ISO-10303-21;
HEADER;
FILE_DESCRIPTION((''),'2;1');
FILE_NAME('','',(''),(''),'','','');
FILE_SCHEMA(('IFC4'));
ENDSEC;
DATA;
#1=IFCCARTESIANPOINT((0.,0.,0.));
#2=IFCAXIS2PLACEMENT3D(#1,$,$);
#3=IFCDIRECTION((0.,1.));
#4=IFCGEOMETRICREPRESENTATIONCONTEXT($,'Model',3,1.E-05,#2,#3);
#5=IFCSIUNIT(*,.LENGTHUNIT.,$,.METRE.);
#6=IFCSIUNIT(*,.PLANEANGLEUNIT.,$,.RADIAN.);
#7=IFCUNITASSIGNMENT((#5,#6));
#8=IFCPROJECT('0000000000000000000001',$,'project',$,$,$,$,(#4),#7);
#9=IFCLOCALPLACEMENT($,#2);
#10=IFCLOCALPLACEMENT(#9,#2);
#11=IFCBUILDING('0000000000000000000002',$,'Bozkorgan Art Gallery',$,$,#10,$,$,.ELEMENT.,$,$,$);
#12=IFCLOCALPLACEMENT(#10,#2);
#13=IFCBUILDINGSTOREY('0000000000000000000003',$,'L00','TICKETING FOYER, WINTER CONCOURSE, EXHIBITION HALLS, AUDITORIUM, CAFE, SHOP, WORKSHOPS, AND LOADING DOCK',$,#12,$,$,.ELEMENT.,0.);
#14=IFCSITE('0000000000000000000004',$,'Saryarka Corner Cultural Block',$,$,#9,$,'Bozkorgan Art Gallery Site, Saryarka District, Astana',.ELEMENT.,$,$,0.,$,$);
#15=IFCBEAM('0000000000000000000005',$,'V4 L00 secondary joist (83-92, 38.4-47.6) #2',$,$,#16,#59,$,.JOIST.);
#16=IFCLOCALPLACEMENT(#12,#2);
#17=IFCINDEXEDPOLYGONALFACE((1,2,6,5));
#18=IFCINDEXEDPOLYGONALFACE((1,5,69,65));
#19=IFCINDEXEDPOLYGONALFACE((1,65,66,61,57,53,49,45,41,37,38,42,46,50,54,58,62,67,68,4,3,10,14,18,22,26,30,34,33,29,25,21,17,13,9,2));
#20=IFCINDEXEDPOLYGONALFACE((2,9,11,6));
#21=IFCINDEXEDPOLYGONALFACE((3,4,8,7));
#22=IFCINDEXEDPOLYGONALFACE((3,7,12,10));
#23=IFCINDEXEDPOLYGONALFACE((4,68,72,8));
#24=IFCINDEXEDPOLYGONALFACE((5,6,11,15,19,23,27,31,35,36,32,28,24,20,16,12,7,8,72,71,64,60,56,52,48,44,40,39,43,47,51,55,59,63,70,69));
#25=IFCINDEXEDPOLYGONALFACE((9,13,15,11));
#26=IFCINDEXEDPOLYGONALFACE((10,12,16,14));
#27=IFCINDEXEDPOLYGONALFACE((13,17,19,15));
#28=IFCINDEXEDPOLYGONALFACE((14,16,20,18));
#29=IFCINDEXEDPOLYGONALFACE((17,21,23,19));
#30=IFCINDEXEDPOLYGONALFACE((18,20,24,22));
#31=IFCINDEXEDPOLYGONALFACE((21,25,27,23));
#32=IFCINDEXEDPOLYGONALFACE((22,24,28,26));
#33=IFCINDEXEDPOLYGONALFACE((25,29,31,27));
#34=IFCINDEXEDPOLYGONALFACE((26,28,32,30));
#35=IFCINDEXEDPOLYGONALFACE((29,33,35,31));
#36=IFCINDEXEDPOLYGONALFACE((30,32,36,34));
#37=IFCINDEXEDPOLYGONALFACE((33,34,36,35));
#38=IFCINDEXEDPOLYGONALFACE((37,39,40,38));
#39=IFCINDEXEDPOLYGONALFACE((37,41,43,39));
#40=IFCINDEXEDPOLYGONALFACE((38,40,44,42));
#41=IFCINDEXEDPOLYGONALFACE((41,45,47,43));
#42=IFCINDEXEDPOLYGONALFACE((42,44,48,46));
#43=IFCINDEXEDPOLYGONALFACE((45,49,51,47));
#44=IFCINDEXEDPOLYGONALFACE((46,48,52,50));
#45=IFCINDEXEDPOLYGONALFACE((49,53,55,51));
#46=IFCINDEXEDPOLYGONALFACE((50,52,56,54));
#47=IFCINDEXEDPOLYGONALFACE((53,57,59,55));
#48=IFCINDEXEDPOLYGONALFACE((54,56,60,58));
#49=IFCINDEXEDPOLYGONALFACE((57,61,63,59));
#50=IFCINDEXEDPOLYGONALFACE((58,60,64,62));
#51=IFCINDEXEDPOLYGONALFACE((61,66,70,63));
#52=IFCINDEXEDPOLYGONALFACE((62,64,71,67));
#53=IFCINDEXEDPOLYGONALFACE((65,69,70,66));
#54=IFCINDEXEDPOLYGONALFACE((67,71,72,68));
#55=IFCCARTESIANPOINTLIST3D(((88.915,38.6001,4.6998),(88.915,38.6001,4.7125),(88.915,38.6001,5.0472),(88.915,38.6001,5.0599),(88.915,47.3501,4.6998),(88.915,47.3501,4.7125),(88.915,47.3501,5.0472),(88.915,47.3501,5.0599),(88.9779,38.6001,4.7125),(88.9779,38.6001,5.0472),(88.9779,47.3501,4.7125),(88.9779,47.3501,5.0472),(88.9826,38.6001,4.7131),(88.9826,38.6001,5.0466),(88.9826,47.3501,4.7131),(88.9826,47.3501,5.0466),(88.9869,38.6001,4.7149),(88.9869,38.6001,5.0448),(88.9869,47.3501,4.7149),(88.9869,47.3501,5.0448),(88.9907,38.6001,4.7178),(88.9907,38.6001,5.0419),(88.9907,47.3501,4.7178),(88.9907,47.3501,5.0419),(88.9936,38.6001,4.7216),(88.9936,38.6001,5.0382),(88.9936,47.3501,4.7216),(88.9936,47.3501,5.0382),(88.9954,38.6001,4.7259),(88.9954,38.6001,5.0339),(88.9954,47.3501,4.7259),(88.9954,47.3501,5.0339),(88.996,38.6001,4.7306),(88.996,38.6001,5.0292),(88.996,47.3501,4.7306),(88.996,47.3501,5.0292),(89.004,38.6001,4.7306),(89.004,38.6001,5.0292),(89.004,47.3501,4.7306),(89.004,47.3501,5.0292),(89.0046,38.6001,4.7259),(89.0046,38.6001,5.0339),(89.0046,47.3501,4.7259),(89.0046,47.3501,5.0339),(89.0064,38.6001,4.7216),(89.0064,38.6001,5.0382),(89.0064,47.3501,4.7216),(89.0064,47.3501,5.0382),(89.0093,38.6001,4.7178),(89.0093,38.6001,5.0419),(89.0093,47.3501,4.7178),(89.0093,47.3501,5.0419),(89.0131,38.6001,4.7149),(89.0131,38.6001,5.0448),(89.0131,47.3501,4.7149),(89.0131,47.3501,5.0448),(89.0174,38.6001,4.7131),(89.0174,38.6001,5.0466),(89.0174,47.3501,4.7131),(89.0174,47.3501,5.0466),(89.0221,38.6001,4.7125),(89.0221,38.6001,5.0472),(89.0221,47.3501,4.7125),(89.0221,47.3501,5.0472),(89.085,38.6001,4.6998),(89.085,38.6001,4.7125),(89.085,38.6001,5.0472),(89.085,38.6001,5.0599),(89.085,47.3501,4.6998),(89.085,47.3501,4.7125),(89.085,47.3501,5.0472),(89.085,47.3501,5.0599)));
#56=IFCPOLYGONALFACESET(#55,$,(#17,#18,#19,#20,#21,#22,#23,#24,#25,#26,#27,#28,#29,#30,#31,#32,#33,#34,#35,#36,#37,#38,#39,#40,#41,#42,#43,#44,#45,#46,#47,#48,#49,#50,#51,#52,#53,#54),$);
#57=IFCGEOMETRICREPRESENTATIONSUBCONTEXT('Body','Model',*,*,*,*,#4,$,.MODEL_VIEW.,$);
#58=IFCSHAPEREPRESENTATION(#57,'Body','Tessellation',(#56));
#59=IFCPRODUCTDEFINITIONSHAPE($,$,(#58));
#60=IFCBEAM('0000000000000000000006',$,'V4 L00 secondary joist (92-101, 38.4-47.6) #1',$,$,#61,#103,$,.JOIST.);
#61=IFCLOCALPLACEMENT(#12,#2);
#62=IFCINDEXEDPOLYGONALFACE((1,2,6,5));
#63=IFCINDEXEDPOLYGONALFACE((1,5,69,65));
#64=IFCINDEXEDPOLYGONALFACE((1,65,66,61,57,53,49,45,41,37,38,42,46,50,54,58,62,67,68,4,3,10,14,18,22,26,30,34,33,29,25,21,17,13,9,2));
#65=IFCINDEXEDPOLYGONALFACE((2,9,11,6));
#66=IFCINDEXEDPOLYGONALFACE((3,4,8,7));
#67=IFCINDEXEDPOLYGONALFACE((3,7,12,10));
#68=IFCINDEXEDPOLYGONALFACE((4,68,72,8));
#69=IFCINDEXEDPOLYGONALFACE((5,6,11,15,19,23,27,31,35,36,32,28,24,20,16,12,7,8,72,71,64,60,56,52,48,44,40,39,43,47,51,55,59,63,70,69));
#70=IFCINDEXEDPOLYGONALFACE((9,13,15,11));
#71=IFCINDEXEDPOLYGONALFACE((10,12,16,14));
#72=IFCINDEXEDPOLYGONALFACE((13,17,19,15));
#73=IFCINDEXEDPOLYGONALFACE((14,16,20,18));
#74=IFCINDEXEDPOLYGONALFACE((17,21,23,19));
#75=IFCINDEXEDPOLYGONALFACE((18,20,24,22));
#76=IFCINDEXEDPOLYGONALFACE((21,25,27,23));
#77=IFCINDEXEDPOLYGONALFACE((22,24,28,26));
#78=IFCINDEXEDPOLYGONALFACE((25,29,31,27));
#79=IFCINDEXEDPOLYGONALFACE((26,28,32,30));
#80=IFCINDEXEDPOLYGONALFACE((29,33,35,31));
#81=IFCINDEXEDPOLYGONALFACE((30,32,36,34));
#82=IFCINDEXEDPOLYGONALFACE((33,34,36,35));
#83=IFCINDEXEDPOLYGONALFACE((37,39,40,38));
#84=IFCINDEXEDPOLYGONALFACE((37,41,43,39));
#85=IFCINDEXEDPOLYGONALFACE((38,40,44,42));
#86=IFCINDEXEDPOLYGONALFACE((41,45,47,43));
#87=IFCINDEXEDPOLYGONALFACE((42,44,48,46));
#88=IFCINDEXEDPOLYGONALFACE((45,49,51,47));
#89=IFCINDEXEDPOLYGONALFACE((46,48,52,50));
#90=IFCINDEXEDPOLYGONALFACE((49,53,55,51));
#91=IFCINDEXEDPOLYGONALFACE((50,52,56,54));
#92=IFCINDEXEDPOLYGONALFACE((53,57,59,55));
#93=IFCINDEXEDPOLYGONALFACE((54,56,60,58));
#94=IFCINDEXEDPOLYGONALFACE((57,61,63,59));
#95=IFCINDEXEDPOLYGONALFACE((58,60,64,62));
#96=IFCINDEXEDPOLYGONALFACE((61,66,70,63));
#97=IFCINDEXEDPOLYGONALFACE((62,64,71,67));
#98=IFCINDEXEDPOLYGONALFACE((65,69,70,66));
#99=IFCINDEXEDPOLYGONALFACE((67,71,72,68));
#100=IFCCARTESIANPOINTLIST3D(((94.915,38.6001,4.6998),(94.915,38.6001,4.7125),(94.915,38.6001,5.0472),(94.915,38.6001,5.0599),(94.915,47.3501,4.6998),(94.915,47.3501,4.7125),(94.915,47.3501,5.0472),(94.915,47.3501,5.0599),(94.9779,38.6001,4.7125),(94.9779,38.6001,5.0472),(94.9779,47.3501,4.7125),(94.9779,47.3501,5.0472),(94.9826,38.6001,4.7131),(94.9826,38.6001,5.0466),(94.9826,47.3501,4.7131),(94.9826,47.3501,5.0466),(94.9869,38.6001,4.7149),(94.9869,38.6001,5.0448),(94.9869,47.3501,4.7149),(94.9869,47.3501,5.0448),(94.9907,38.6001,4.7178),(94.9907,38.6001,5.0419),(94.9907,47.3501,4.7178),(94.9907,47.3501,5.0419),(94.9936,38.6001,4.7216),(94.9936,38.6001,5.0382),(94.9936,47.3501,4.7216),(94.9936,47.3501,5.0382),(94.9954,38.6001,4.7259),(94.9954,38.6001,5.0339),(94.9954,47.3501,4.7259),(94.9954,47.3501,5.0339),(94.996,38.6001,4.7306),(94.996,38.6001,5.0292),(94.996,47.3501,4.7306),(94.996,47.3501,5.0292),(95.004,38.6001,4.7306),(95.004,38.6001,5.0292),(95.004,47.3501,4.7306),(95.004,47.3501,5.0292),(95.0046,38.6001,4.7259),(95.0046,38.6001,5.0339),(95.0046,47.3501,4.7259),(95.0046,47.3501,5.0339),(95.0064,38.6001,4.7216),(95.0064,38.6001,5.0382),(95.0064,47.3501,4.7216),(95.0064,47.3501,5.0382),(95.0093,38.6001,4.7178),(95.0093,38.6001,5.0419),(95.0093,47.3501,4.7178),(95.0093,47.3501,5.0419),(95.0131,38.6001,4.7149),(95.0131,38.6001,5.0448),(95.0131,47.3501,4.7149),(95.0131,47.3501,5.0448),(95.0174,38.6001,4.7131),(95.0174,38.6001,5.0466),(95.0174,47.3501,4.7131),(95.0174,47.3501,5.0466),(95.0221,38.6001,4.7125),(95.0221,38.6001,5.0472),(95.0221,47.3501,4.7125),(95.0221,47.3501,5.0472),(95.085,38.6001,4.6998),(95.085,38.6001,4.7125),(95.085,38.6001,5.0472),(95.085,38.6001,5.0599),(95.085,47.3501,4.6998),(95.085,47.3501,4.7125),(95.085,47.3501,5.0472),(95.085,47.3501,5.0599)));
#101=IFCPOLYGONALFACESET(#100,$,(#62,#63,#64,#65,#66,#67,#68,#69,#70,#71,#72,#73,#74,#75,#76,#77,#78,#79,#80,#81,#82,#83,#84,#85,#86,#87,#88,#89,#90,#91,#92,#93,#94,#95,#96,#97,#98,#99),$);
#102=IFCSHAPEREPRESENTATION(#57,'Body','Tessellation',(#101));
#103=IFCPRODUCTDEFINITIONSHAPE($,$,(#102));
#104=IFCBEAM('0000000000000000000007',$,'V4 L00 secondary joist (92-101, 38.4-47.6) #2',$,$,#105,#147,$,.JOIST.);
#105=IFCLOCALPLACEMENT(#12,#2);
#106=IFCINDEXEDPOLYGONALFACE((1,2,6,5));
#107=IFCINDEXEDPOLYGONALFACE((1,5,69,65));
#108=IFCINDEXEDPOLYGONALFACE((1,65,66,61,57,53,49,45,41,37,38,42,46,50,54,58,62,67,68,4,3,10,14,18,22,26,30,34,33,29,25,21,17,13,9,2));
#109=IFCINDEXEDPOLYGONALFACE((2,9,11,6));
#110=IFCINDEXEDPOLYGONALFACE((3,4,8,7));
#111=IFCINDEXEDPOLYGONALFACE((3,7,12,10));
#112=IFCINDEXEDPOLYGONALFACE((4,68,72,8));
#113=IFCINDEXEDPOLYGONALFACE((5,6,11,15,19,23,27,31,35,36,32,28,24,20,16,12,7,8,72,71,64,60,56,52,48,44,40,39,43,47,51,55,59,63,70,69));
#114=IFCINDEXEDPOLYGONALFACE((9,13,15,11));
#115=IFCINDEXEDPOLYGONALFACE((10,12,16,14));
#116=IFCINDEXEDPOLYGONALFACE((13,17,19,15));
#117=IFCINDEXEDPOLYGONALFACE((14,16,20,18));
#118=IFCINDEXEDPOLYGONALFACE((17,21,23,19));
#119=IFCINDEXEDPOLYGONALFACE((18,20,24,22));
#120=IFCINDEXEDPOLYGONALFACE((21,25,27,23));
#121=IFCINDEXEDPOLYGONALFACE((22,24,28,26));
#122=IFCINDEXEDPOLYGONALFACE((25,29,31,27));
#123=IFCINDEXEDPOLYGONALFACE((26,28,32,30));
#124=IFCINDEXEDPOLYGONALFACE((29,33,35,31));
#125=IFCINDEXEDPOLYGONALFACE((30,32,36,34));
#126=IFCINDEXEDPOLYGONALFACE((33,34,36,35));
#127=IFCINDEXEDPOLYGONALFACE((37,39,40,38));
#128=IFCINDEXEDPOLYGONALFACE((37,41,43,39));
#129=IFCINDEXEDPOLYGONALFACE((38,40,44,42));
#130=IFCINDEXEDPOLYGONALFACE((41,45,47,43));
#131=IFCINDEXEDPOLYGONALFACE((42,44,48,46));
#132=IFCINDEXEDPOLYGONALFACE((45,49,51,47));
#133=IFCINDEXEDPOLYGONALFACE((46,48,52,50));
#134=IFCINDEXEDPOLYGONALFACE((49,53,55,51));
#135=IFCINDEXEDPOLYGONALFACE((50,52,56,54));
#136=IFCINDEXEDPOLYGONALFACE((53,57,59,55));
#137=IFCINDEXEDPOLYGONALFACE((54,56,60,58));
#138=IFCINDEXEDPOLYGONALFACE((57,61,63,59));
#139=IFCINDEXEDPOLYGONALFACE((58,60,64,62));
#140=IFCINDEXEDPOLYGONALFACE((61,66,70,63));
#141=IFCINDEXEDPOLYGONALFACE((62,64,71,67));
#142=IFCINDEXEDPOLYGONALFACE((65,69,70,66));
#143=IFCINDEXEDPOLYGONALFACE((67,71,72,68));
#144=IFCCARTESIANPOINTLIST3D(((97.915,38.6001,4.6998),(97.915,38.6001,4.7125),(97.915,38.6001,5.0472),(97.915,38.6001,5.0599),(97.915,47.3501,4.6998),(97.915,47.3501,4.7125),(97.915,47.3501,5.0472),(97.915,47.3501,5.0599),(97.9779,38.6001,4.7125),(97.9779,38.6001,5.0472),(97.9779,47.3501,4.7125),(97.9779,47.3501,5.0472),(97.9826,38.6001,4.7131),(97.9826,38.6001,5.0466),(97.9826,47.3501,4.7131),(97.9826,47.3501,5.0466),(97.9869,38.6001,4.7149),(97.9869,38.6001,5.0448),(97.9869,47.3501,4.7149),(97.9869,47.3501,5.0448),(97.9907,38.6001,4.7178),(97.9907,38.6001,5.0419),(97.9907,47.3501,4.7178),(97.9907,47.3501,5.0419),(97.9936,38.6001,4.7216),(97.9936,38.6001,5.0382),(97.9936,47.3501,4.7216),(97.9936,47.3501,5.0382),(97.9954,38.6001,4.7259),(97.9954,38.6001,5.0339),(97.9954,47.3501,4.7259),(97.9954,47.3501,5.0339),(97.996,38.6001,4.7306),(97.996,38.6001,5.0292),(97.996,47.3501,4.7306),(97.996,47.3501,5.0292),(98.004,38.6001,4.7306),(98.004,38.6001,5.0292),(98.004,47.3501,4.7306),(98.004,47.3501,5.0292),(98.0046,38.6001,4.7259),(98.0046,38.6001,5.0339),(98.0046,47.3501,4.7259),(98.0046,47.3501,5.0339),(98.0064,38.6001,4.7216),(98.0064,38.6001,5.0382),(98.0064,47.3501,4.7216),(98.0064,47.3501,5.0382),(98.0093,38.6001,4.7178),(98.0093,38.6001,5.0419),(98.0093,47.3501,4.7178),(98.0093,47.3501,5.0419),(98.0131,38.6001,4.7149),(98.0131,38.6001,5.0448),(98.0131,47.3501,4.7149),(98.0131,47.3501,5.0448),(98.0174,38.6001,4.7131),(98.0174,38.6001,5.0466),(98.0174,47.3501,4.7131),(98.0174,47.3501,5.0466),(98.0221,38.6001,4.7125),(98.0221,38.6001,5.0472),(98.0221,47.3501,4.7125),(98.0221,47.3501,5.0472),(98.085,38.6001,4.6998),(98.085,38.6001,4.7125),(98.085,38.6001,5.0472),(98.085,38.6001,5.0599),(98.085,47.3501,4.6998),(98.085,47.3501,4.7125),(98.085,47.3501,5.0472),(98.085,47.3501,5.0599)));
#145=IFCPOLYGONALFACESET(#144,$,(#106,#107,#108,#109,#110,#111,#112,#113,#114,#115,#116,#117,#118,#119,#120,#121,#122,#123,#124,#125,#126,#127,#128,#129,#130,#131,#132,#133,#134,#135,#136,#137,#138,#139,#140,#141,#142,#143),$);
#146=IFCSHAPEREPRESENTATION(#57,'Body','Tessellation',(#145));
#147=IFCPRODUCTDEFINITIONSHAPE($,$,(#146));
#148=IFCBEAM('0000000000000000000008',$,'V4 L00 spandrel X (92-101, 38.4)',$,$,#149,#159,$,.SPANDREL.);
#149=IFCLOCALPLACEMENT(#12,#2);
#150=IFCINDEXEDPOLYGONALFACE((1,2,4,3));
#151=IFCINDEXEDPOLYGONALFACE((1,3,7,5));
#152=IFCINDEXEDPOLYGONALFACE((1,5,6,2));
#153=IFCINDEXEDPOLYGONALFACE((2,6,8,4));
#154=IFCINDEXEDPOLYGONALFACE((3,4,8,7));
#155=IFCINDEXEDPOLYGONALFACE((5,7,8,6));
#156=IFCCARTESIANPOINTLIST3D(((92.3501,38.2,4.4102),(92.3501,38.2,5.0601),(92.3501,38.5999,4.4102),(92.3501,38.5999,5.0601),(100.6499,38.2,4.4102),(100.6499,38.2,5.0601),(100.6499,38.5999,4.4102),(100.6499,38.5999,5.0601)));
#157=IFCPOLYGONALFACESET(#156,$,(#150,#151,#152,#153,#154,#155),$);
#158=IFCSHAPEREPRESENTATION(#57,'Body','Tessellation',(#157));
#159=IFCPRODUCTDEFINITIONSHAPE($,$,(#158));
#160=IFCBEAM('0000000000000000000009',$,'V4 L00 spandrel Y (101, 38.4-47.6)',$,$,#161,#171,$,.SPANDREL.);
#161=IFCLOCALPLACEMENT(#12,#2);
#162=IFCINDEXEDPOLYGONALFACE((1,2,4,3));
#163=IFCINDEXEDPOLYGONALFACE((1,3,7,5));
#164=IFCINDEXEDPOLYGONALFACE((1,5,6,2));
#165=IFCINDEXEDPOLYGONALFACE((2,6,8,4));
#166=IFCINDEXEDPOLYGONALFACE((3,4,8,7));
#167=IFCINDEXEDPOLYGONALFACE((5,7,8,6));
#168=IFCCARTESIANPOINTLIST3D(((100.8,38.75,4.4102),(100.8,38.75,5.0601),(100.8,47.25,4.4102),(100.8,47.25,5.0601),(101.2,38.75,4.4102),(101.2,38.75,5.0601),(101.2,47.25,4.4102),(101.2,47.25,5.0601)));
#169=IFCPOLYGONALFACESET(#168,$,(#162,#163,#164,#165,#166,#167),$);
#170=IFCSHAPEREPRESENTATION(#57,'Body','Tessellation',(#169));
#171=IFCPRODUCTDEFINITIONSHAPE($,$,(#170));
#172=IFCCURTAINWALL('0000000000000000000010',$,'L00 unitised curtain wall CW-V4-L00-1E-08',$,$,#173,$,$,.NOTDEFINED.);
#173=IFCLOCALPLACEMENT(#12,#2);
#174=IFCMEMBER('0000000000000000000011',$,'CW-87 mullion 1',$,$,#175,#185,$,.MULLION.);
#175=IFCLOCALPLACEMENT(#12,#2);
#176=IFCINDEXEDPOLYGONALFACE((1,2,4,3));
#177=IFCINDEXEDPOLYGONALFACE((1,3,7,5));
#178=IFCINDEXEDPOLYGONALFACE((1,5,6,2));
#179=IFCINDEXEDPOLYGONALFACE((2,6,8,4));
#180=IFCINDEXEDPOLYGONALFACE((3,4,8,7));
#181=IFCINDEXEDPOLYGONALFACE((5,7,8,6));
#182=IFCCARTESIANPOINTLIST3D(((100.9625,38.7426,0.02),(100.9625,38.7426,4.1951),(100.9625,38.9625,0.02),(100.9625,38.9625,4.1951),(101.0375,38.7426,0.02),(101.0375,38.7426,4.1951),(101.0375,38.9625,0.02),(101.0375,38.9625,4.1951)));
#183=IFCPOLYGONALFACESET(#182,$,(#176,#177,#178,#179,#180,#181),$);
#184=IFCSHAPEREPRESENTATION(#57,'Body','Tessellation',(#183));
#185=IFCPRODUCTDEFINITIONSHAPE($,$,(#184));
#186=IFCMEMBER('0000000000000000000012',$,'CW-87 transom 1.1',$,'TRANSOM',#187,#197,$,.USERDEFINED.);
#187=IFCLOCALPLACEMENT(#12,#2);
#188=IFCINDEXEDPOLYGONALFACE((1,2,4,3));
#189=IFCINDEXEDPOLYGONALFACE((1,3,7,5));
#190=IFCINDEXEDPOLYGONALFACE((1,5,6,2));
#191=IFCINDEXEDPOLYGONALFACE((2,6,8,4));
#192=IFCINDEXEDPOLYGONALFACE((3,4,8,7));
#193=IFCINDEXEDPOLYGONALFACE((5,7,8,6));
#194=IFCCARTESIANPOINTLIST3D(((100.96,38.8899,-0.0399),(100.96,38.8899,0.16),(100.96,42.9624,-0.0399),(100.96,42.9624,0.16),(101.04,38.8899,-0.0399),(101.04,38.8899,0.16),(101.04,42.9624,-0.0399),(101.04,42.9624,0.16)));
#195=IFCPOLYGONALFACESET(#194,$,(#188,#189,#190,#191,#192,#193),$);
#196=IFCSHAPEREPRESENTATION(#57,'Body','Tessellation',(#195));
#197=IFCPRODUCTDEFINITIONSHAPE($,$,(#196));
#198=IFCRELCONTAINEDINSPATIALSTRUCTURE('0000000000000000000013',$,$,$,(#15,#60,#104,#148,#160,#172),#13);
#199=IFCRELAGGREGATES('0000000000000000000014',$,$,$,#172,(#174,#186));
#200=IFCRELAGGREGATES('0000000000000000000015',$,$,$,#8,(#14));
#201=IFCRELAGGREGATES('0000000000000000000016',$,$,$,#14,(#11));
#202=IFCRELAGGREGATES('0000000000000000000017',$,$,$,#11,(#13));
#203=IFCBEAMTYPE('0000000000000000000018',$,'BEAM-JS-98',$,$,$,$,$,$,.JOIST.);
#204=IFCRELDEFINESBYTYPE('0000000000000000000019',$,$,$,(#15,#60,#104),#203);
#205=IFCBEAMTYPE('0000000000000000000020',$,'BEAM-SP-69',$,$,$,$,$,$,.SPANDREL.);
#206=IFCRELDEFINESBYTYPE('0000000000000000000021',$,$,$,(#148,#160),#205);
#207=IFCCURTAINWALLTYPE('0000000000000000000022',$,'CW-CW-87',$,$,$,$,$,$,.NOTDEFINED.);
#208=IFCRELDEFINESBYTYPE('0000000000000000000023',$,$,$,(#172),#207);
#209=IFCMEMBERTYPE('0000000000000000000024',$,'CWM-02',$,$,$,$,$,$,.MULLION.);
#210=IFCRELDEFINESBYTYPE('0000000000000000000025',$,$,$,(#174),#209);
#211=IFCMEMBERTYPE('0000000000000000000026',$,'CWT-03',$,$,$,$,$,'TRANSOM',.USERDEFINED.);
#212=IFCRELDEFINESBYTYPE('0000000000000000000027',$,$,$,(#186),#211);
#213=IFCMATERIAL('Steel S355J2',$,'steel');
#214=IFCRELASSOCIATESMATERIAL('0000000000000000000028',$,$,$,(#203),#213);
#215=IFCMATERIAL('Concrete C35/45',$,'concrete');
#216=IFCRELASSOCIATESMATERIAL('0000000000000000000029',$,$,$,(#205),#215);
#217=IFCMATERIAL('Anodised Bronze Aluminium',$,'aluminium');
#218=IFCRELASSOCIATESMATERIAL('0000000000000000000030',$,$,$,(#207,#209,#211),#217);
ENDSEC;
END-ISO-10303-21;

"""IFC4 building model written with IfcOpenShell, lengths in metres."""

from ifc_helpers import new_model, si_unit, direction, frame, origin, origin_2d, place, context, subcontext, project, spatial, rectangle, i_section, extrude, material, material_profile, profile_set, type_object, element, aggregate, save


model = new_model("IFC4")

# Units and contexts
model_context = context("Model", 3, precision=1e-05, world=origin(), true_north=direction((0.0, 1.0)))
body_context = subcontext(model_context, "Body", "Model", "MODEL_VIEW")
ifc_project = project(units=[si_unit("LENGTHUNIT", "METRE"), si_unit("PLANEANGLEUNIT", "RADIAN")], contexts=[model_context])

# Site, building, storey
site_placement = place(None, origin())
site = spatial("IfcSite", under=ifc_project, at=site_placement, Name="Saryarka Corner Cultural Block", LongName="Bozkorgan Art Gallery Site, Saryarka District, Astana", CompositionType="ELEMENT", RefElevation=0.0)
building_placement = place(site_placement, origin())
building = spatial("IfcBuilding", under=site, at=building_placement, Name="Bozkorgan Art Gallery", CompositionType="ELEMENT")
storey_placement = place(building_placement, origin())
storey = spatial("IfcBuildingStorey", under=building, at=storey_placement, Name="L00", Description="TICKETING FOYER, WINTER CONCOURSE, EXHIBITION HALLS, AUDITORIUM, CAFE, SHOP, WORKSHOPS, AND LOADING DOCK", CompositionType="ELEMENT", Elevation=0.0)

# Shared definitions
ifc_material_1 = material(Name="Steel S355J2", Category="steel")

# Beams
ifc_material_2 = material(Name="Concrete C35/45", Category="concrete")
ifc_material_profile_1 = material_profile(ifc_material_1, i_section(OverallWidth=0.1699, OverallDepth=0.3601, WebThickness=0.0081, FlangeThickness=0.0127, FilletRadius=0.0181, at=origin_2d()), Name="IPE 360")
ifc_profile_set_1 = profile_set([ifc_material_profile_1], Name="Steel S355J2")
beam_type_1 = type_object("IfcBeamType", Name="BEAM-JS-98", PredefinedType="JOIST", material=ifc_profile_set_1)
for number, where, z_axis, x_axis, name in (
    (1, (89.0, 38.6001, 4.8799), (0.0, 1.0, 0.0), (-1.0, 0.0, 0.0), "V4 L00 secondary joist (83-92, 38.4-47.6) #2"),
    (2, (95.0, 38.6001, 4.8799), (0.0, 1.0, 0.0), (-1.0, 0.0, 0.0), "V4 L00 secondary joist (92-101, 38.4-47.6) #1"),
    (3, (98.0, 38.6001, 4.8799), (0.0, 1.0, 0.0), (-1.0, 0.0, 0.0), "V4 L00 secondary joist (92-101, 38.4-47.6) #2"),
):
    element("IfcBeam", number, at=place(storey_placement, frame(where, z_axis=z_axis, x_axis=x_axis)), inside=storey, type_object=beam_type_1, Name=name, PredefinedType="JOIST", context=body_context, shape_type="SweptSolid", body=[
        extrude(i_section(OverallWidth=0.1699, OverallDepth=0.3601, WebThickness=0.0081, FlangeThickness=0.0127, FilletRadius=0.0181, at=origin_2d()), origin(), (0.0, 0.0, 1.0), 8.75),
    ])
ifc_material_profile_2 = material_profile(ifc_material_2, rectangle(XDim=0.3999, YDim=0.6499, at=origin_2d()), Name="RC 400x650")
ifc_profile_set_2 = profile_set([ifc_material_profile_2], Name="Concrete C35/45")
beam_type_2 = type_object("IfcBeamType", Name="BEAM-SP-69", PredefinedType="SPANDREL", material=ifc_profile_set_2)
beam_1_placement = place(storey_placement, frame((92.3501, 38.3999, 4.7351), z_axis=(1.0, 0.0, 0.0), x_axis=(0.0, 1.0, 0.0)))
element("IfcBeam", 4, at=beam_1_placement, inside=storey, type_object=beam_type_2, Name="V4 L00 spandrel X (92-101, 38.4)", PredefinedType="SPANDREL", context=body_context, shape_type="SweptSolid", body=[
    extrude(rectangle(XDim=0.3999, YDim=0.6499, at=origin_2d()), origin(), (0.0, 0.0, 1.0), 8.2998),
])
beam_2_placement = place(storey_placement, frame((101.0, 38.75, 4.7351), z_axis=(0.0, 1.0, 0.0), x_axis=(-1.0, 0.0, 0.0)))
element("IfcBeam", 5, at=beam_2_placement, inside=storey, type_object=beam_type_2, Name="V4 L00 spandrel Y (101, 38.4-47.6)", PredefinedType="SPANDREL", context=body_context, shape_type="SweptSolid", body=[
    extrude(rectangle(XDim=0.3999, YDim=0.6499, at=origin_2d()), origin(), (0.0, 0.0, 1.0), 8.5),
])

# Curtain wall, members
ifc_material_3 = material(Name="Anodised Bronze Aluminium", Category="aluminium")
curtain_wall_type = type_object("IfcCurtainWallType", Name="CW-CW-87", PredefinedType="NOTDEFINED", material=ifc_material_3)
curtain_wall_placement = place(storey_placement, origin())
curtain_wall = element("IfcCurtainWall", 6, at=curtain_wall_placement, inside=storey, type_object=curtain_wall_type, Name="L00 unitised curtain wall CW-V4-L00-1E-08", PredefinedType="NOTDEFINED")
ifc_material_profile_3 = material_profile(ifc_material_3, rectangle(XDim=0.075, YDim=0.22, at=origin_2d()), Name="ALU MULLION 75x220")
ifc_profile_set_3 = profile_set([ifc_material_profile_3], Name="Anodised Bronze Aluminium")
member_type_1 = type_object("IfcMemberType", Name="CWM-02", PredefinedType="MULLION", material=ifc_profile_set_3)
member_1_placement = place(storey_placement, frame((101.0, 38.8525, 0.02), z_axis=(0.0, 0.0, 1.0), x_axis=(-1.0, 0.0, 0.0)))
member_1 = element("IfcMember", 7, at=member_1_placement, type_object=member_type_1, Name="CW-87 mullion 1", PredefinedType="MULLION", context=body_context, shape_type="SweptSolid", body=[
    extrude(rectangle(XDim=0.075, YDim=0.22, at=origin_2d()), origin(), (0.0, 0.0, 1.0), 4.175),
])
ifc_material_profile_4 = material_profile(ifc_material_3, rectangle(XDim=0.0801, YDim=0.2, at=origin_2d()), Name="ALU TRANSOM 80x200")
ifc_profile_set_4 = profile_set([ifc_material_profile_4], Name="Anodised Bronze Aluminium")
member_type_2 = type_object("IfcMemberType", Name="CWT-03", ElementType="TRANSOM", PredefinedType="USERDEFINED", material=ifc_profile_set_4)
member_2_placement = place(storey_placement, frame((101.0, 38.8899, 0.0601), z_axis=(0.0, 1.0, 0.0), x_axis=(-1.0, 0.0, 0.0)))
member_2 = element("IfcMember", 8, at=member_2_placement, type_object=member_type_2, Name="CW-87 transom 1.1", ObjectType="TRANSOM", PredefinedType="USERDEFINED", context=body_context, shape_type="SweptSolid", body=[
    extrude(rectangle(XDim=0.0801, YDim=0.2, at=origin_2d()), origin(), (0.0, 0.0, 1.0), 4.0725),
])
aggregate(curtain_wall, [member_1, member_2])

save(model, "model.ifc")
